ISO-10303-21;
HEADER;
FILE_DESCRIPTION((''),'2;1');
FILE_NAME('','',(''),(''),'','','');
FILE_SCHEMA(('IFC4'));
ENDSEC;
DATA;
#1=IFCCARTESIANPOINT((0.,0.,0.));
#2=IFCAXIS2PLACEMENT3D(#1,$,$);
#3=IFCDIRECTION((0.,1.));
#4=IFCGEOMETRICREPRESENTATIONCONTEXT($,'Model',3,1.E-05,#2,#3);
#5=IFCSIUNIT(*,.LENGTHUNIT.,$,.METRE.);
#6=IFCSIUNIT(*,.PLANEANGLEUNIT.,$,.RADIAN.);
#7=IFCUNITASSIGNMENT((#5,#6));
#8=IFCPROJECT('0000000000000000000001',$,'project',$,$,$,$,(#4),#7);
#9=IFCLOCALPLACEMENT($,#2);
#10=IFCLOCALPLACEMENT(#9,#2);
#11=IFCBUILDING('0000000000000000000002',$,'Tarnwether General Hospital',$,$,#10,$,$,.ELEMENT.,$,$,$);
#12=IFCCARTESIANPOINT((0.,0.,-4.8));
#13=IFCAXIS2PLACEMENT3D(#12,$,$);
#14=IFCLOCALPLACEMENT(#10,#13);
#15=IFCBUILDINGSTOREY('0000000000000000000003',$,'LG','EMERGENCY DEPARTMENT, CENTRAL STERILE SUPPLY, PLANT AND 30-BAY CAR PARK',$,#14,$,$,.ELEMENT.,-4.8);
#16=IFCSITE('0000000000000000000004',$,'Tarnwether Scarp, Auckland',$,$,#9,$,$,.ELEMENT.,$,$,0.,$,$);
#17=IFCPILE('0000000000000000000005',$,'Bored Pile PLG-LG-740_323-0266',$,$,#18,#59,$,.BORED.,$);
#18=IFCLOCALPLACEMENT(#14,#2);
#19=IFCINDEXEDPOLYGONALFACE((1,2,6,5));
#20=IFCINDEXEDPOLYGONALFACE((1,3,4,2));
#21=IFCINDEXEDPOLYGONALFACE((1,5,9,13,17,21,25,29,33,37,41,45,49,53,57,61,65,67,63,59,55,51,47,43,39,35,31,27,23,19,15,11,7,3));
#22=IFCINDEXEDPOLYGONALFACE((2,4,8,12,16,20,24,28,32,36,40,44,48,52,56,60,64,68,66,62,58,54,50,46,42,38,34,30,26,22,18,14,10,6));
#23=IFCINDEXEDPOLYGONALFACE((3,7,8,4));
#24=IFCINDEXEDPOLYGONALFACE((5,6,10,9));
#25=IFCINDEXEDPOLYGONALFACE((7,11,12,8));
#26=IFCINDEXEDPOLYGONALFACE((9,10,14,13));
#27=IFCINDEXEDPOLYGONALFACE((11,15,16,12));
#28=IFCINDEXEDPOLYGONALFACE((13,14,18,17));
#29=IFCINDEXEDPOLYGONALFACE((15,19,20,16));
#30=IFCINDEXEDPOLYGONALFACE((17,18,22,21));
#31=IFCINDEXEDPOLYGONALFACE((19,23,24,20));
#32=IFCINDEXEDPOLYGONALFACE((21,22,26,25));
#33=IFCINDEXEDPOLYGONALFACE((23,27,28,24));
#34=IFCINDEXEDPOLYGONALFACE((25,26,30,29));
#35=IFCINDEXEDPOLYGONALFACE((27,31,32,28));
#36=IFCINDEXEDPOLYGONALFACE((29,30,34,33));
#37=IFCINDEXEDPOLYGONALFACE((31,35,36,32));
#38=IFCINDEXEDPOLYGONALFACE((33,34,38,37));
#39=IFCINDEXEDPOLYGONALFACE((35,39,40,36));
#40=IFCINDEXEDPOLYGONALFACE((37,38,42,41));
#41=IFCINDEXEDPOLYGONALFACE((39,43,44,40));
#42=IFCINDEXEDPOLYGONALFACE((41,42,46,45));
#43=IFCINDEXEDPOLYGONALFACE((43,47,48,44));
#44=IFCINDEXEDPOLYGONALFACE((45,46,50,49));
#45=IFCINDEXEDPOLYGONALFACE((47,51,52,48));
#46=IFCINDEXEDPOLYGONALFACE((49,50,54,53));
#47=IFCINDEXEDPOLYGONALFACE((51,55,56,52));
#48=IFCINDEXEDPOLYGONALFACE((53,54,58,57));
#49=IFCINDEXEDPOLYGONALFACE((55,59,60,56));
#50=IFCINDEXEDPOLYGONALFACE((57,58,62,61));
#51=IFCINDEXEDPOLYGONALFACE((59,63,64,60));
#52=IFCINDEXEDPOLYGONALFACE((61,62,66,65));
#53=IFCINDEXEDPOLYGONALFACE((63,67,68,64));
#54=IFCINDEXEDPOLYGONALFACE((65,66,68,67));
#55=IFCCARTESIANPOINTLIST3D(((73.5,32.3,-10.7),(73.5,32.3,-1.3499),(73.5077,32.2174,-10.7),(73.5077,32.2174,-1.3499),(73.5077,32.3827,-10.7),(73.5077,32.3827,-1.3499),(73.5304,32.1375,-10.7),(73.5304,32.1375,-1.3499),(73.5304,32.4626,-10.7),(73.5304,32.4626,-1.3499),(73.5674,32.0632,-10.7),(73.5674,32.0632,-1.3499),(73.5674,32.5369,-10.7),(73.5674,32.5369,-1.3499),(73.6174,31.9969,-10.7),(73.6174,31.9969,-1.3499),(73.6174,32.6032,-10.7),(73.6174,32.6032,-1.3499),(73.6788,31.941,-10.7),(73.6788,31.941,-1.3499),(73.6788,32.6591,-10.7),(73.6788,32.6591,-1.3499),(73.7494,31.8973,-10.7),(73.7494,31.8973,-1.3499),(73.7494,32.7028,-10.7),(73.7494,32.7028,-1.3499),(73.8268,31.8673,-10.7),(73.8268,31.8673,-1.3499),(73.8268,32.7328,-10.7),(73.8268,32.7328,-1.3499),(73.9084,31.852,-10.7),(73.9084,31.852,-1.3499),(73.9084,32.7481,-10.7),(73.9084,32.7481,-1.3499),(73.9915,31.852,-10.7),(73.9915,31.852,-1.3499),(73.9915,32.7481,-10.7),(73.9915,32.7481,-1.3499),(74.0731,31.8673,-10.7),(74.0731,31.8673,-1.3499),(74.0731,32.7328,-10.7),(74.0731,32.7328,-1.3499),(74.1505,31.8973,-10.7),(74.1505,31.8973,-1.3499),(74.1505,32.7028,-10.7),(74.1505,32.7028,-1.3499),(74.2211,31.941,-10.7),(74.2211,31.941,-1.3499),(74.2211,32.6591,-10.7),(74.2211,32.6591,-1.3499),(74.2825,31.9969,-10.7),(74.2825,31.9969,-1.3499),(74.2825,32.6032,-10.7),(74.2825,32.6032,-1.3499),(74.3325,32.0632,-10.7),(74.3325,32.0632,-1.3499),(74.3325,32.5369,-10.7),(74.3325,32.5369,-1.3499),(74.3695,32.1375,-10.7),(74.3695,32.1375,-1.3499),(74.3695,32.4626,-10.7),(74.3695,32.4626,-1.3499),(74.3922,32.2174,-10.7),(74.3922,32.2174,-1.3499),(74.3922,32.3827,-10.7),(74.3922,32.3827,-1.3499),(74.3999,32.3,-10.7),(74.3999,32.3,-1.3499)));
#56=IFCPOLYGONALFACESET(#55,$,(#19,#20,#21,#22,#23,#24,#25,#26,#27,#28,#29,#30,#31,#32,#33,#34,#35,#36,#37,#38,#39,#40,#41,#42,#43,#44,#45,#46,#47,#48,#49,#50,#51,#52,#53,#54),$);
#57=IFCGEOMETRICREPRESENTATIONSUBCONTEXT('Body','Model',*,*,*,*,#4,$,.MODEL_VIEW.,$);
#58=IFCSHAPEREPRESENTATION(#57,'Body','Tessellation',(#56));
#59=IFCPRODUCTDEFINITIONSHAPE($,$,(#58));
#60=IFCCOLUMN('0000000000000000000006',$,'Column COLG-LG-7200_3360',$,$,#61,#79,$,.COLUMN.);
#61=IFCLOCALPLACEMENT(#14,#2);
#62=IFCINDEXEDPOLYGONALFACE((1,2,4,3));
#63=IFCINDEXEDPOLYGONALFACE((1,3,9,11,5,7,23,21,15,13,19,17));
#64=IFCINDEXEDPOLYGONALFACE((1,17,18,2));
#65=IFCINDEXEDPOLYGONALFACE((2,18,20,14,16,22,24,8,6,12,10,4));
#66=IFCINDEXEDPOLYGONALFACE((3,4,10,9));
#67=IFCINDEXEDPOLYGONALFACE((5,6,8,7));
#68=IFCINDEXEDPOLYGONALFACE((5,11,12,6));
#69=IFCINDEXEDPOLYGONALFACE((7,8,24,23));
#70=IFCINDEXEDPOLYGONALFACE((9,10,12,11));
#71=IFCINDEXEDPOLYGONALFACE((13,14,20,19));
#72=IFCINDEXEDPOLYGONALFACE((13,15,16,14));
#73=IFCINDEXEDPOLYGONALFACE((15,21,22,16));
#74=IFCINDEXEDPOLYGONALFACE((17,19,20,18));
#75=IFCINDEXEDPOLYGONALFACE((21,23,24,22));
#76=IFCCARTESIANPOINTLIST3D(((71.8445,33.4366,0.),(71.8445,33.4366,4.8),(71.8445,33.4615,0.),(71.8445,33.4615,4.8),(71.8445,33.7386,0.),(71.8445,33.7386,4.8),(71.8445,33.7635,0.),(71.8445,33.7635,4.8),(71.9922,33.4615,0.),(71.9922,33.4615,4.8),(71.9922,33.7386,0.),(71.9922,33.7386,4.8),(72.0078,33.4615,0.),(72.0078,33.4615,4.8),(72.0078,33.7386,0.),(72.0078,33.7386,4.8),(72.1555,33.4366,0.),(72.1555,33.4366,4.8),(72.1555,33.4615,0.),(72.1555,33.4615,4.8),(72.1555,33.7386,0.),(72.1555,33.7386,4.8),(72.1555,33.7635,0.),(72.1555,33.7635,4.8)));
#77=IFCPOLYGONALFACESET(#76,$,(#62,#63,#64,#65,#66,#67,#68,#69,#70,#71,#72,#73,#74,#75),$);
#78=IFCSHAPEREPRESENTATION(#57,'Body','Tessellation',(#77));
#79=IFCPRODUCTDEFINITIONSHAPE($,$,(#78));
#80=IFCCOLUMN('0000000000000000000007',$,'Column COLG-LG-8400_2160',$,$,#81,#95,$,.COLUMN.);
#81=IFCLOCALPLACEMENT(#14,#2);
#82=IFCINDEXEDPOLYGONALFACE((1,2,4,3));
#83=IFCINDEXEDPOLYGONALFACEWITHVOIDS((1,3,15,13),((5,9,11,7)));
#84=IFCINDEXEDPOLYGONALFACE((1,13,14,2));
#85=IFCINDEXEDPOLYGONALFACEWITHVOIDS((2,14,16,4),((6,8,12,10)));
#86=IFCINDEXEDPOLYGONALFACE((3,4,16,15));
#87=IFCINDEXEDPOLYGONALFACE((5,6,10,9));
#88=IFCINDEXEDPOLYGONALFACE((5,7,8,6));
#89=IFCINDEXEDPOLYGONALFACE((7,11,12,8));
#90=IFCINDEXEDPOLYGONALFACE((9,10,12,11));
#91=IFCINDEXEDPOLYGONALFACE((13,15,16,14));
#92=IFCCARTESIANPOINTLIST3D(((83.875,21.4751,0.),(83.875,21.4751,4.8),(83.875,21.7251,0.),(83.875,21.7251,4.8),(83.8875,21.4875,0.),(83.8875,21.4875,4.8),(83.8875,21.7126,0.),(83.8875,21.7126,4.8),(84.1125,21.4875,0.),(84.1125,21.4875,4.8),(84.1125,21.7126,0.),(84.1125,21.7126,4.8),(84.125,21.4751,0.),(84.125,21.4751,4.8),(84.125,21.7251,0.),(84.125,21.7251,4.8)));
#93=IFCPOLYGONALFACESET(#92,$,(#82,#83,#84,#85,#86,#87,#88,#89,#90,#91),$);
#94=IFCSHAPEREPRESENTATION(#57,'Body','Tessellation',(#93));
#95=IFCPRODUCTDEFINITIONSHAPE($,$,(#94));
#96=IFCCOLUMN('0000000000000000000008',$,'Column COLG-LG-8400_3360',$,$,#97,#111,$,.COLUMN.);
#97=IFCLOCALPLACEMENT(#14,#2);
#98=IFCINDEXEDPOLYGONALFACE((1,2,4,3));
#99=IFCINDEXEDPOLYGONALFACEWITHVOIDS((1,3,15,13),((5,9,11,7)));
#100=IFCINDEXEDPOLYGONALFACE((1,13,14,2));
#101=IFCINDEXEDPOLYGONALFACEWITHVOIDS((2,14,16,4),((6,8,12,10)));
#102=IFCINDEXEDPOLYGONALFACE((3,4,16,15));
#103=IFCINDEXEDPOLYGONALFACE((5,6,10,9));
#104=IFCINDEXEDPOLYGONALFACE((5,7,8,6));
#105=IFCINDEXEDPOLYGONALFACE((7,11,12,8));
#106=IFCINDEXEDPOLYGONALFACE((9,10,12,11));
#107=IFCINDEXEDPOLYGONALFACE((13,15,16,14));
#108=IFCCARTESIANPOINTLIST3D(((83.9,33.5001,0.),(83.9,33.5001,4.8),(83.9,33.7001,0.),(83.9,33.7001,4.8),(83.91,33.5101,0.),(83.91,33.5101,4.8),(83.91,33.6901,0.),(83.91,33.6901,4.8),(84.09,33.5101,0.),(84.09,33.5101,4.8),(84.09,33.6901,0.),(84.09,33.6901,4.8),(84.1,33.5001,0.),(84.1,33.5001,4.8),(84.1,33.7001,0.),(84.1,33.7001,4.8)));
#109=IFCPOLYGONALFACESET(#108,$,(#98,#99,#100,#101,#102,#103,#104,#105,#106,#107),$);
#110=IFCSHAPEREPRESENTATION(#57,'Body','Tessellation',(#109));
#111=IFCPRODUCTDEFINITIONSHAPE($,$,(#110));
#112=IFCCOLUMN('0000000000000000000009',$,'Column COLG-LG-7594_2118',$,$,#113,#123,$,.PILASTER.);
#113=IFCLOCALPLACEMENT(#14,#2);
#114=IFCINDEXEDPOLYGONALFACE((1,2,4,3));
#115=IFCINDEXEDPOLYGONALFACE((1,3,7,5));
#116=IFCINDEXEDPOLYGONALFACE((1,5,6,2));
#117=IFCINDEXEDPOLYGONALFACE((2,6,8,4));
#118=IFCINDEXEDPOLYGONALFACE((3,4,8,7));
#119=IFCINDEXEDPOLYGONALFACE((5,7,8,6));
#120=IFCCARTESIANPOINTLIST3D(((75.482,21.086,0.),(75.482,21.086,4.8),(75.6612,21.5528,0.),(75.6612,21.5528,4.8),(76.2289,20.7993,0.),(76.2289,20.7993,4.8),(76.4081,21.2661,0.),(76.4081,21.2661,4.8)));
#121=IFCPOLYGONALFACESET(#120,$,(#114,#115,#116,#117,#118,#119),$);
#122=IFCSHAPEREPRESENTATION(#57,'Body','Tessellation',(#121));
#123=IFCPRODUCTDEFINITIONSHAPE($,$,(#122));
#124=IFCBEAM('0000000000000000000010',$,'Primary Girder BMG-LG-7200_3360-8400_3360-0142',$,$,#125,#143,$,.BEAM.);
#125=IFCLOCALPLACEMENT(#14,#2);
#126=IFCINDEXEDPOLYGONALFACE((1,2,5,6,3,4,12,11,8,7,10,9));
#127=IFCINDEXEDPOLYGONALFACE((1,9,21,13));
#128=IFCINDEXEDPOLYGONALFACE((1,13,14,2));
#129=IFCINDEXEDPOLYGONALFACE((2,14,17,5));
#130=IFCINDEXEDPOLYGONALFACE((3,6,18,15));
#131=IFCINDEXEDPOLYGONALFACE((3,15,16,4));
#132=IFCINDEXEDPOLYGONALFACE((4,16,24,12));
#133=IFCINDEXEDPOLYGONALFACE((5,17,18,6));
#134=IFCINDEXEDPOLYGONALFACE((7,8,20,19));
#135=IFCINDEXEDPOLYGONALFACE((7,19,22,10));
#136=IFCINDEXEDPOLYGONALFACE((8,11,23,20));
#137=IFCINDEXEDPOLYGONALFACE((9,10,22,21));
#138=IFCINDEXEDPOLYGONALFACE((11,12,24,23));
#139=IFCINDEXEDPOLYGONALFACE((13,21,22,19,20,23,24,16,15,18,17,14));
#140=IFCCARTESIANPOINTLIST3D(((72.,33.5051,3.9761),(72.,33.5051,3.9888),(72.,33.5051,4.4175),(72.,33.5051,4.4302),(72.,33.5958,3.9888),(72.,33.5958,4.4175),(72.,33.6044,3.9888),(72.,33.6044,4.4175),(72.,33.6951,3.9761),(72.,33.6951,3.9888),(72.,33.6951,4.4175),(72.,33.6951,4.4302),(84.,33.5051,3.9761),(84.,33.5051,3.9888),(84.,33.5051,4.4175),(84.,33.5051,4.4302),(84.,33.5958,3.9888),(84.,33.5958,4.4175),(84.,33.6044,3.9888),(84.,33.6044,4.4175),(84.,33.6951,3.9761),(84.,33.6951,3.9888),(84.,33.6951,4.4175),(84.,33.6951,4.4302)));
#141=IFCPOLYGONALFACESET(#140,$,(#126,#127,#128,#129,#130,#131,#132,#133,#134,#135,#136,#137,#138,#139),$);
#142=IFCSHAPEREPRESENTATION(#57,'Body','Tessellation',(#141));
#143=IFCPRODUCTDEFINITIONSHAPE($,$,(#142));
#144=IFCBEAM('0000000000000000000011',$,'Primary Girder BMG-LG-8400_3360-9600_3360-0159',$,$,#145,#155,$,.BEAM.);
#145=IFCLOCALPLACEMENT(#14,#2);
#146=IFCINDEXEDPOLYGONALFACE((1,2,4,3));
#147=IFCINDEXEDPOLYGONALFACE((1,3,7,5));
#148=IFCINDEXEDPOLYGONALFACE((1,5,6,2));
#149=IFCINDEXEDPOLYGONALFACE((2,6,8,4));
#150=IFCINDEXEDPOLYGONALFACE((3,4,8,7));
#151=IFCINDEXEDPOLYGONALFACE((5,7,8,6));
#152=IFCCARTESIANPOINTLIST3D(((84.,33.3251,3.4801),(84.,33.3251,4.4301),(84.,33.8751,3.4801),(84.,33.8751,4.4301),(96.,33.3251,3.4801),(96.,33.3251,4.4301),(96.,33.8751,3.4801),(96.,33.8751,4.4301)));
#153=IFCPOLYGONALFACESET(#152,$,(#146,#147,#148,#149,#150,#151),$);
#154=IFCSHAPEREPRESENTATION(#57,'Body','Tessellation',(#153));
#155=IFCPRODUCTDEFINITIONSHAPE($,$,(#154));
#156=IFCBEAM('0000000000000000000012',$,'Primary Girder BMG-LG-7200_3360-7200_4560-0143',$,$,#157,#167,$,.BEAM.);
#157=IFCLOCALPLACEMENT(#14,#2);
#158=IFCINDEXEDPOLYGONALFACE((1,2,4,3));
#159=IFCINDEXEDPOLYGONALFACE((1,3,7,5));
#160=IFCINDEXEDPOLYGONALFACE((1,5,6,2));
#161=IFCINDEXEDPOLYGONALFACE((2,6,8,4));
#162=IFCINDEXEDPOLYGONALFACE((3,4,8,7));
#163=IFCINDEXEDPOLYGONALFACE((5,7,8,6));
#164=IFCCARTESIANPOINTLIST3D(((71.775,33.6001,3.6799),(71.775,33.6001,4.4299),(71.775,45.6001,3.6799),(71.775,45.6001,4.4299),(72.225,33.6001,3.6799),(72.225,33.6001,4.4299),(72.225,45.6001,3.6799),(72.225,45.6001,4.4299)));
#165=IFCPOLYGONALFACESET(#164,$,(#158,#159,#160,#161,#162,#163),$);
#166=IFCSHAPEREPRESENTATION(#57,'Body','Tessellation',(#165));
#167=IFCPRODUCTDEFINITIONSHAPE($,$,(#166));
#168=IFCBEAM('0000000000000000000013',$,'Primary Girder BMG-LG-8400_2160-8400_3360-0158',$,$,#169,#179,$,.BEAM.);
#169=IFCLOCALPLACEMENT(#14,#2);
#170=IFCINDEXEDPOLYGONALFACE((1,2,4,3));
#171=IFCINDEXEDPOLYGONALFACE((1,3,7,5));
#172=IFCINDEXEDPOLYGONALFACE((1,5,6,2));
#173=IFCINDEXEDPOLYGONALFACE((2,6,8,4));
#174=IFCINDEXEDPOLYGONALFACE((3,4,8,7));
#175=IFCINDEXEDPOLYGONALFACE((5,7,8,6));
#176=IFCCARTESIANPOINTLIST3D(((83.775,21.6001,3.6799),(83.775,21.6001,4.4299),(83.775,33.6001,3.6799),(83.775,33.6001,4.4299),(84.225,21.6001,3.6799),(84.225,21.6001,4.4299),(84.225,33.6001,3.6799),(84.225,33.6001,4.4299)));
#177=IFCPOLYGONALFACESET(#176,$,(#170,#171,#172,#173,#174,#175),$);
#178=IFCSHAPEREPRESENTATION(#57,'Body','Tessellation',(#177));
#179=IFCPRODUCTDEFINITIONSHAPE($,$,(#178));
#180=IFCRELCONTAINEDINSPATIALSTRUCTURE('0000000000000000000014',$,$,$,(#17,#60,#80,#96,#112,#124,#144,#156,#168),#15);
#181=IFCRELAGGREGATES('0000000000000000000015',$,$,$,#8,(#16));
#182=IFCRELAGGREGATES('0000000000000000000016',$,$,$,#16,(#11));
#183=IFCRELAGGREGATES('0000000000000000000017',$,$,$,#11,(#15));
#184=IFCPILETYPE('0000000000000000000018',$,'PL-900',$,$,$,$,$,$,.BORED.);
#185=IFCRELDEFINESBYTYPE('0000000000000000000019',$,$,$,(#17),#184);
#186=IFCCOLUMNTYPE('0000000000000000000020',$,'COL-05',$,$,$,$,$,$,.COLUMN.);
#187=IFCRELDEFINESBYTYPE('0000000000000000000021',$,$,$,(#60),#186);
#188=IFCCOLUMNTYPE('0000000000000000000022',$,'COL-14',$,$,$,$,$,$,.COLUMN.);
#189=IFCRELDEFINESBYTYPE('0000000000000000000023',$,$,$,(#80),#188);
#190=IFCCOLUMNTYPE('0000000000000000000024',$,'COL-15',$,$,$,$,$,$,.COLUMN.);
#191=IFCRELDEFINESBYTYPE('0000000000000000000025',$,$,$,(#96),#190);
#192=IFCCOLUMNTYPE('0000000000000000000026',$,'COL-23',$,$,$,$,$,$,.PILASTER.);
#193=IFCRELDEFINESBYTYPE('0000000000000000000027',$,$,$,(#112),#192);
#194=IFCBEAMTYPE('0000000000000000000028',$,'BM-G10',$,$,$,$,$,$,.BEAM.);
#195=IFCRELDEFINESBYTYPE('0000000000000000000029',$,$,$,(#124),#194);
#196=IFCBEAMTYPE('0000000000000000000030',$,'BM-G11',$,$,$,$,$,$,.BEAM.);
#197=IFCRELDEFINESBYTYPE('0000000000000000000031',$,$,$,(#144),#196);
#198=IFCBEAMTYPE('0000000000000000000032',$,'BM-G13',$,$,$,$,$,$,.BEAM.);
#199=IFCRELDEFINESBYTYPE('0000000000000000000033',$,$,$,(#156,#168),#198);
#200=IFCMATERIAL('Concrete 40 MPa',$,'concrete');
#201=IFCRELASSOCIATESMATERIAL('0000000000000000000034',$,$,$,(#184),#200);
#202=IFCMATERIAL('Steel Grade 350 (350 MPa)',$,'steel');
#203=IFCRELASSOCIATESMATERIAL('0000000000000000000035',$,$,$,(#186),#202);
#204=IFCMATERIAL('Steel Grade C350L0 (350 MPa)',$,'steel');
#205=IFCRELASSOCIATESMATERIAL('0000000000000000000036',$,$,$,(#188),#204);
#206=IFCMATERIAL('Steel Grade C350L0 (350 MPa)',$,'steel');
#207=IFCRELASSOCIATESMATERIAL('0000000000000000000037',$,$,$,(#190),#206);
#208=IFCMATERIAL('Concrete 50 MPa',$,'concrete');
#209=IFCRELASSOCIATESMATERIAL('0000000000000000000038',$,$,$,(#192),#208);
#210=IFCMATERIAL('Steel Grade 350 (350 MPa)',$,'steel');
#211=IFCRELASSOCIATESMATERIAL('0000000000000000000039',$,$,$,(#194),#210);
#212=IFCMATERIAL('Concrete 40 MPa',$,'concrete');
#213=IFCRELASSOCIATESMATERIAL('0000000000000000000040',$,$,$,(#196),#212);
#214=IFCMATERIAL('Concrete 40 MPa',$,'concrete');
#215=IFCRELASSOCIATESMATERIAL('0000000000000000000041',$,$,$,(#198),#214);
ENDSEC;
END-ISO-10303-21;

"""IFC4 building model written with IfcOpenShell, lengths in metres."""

from ifc_helpers import new_model, si_unit, direction, frame, origin, origin_2d, place, context, subcontext, project, spatial, rectangle, hollow_rectangle, circle, i_section, extrude, material, material_profile, profile_set, type_object, element, save


model = new_model("IFC4")

# Units and contexts
model_context = context("Model", 3, precision=1e-05, world=origin(), true_north=direction((0.0, 1.0)))
body_context = subcontext(model_context, "Body", "Model", "MODEL_VIEW")
ifc_project = project(units=[si_unit("LENGTHUNIT", "METRE"), si_unit("PLANEANGLEUNIT", "RADIAN")], contexts=[model_context])

# Site, building, storey
site_placement = place(None, origin())
site = spatial("IfcSite", under=ifc_project, at=site_placement, Name="Tarnwether Scarp, Auckland", CompositionType="ELEMENT", RefElevation=0.0)
building_placement = place(site_placement, origin())
building = spatial("IfcBuilding", under=site, at=building_placement, Name="Tarnwether General Hospital", CompositionType="ELEMENT")
storey_placement = place(building_placement, frame((0.0, 0.0, -4.8)))
storey = spatial("IfcBuildingStorey", under=building, at=storey_placement, Name="LG", Description="EMERGENCY DEPARTMENT, CENTRAL STERILE SUPPLY, PLANT AND 30-BAY CAR PARK", CompositionType="ELEMENT", Elevation=-4.8)

# Pile
ifc_material_1 = material(Name="Concrete 40 MPa", Category="concrete")
ifc_material_profile_1 = material_profile(ifc_material_1, circle(Radius=0.45, at=origin_2d()), Name="PILE-D900")
ifc_profile_set_1 = profile_set([ifc_material_profile_1], Name="Concrete 40 MPa")
pile_type_1 = type_object("IfcPileType", Name="PL-900", PredefinedType="BORED", material=ifc_profile_set_1)
pile_placement = place(storey_placement, frame((73.95, 32.3, -1.3499), z_axis=(0.0, 0.0, -1.0), x_axis=(1.0, 0.0, 0.0)))
element("IfcPile", 1, at=pile_placement, inside=storey, type_object=pile_type_1, Name="Bored Pile PLG-LG-740_323-0266", PredefinedType="BORED", context=body_context, shape_type="SweptSolid", body=[
    extrude(circle(Radius=0.45, at=origin_2d()), origin(), (0.0, 0.0, 1.0), 9.3501),
])

# Columns
ifc_material_2 = material(Name="Steel Grade 350 (350 MPa)", Category="steel")
ifc_material_profile_2 = material_profile(ifc_material_2, i_section(OverallWidth=0.311, OverallDepth=0.3269, WebThickness=0.0156, FlangeThickness=0.0249, at=origin_2d()), Name="310UC158")
ifc_profile_set_2 = profile_set([ifc_material_profile_2], Name="Steel Grade 350 (350 MPa)")
column_type_1 = type_object("IfcColumnType", Name="COL-05", PredefinedType="COLUMN", material=ifc_profile_set_2)
column_1_placement = place(storey_placement, frame((72.0, 33.6001, 0.0), z_axis=(0.0, 0.0, 1.0), x_axis=(1.0, 0.0, 0.0)))
element("IfcColumn", 2, at=column_1_placement, inside=storey, type_object=column_type_1, Name="Column COLG-LG-7200_3360", PredefinedType="COLUMN", context=body_context, shape_type="SweptSolid", body=[
    extrude(i_section(OverallWidth=0.311, OverallDepth=0.3269, WebThickness=0.0156, FlangeThickness=0.0249, at=origin_2d()), origin(), (0.0, 0.0, 1.0), 4.8),
])
ifc_material_3 = material(Name="Steel Grade C350L0 (350 MPa)", Category="steel")
ifc_material_profile_3 = material_profile(ifc_material_3, hollow_rectangle(XDim=0.25, YDim=0.25, WallThickness=0.0125, at=origin_2d()), Name="SHS250x250x12.5")
ifc_profile_set_3 = profile_set([ifc_material_profile_3], Name="Steel Grade C350L0 (350 MPa)")
column_type_2 = type_object("IfcColumnType", Name="COL-14", PredefinedType="COLUMN", material=ifc_profile_set_3)
column_2_placement = place(storey_placement, frame((84.0, 21.6001, 0.0), z_axis=(0.0, 0.0, 1.0), x_axis=(0.0, 1.0, 0.0)))
element("IfcColumn", 3, at=column_2_placement, inside=storey, type_object=column_type_2, Name="Column COLG-LG-8400_2160", PredefinedType="COLUMN", context=body_context, shape_type="SweptSolid", body=[
    extrude(hollow_rectangle(XDim=0.25, YDim=0.25, WallThickness=0.0125, at=origin_2d()), origin(), (0.0, 0.0, 1.0), 4.8),
])
ifc_material_4 = material(Name="Steel Grade C350L0 (350 MPa)", Category="steel")
ifc_material_profile_4 = material_profile(ifc_material_4, hollow_rectangle(XDim=0.2, YDim=0.2, WallThickness=0.01, at=origin_2d()), Name="SHS200x200x10")
ifc_profile_set_4 = profile_set([ifc_material_profile_4], Name="Steel Grade C350L0 (350 MPa)")
column_type_3 = type_object("IfcColumnType", Name="COL-15", PredefinedType="COLUMN", material=ifc_profile_set_4)
column_3_placement = place(storey_placement, frame((84.0, 33.6001, 0.0), z_axis=(0.0, 0.0, 1.0), x_axis=(0.0, 1.0, 0.0)))
element("IfcColumn", 4, at=column_3_placement, inside=storey, type_object=column_type_3, Name="Column COLG-LG-8400_3360", PredefinedType="COLUMN", context=body_context, shape_type="SweptSolid", body=[
    extrude(hollow_rectangle(XDim=0.2, YDim=0.2, WallThickness=0.01, at=origin_2d()), origin(), (0.0, 0.0, 1.0), 4.8),
])
ifc_material_5 = material(Name="Concrete 50 MPa", Category="concrete")
ifc_material_profile_5 = material_profile(ifc_material_5, rectangle(XDim=0.5, YDim=0.8, at=origin_2d()), Name="RC-PIL-500x800")
ifc_profile_set_5 = profile_set([ifc_material_profile_5], Name="Concrete 50 MPa")
column_type_4 = type_object("IfcColumnType", Name="COL-23", PredefinedType="PILASTER", material=ifc_profile_set_5)
column_4_placement = place(storey_placement, frame((75.9451, 21.176, 0.0), z_axis=(0.0, 0.0, 1.0), x_axis=(0.358368, 0.93358, 0.0)))
element("IfcColumn", 5, at=column_4_placement, inside=storey, type_object=column_type_4, Name="Column COLG-LG-7594_2118", PredefinedType="PILASTER", context=body_context, shape_type="SweptSolid", body=[
    extrude(rectangle(XDim=0.5, YDim=0.8, at=origin_2d()), origin(), (0.0, 0.0, 1.0), 4.8),
])

# Beams
ifc_material_6 = material(Name="Steel Grade 350 (350 MPa)", Category="steel")
ifc_material_profile_6 = material_profile(ifc_material_6, i_section(OverallWidth=0.1899, OverallDepth=0.4541, WebThickness=0.0085, FlangeThickness=0.0127, at=origin_2d()), Name="460UB67.1")
ifc_profile_set_6 = profile_set([ifc_material_profile_6], Name="Steel Grade 350 (350 MPa)")
beam_type_1 = type_object("IfcBeamType", Name="BM-G10", PredefinedType="BEAM", material=ifc_profile_set_6)
beam_1_placement = place(storey_placement, frame((72.0, 33.6001, 4.2031), z_axis=(1.0, 0.0, 0.0), x_axis=(0.0, 1.0, 0.0)))
element("IfcBeam", 6, at=beam_1_placement, inside=storey, type_object=beam_type_1, Name="Primary Girder BMG-LG-7200_3360-8400_3360-0142", PredefinedType="BEAM", context=body_context, shape_type="SweptSolid", body=[
    extrude(i_section(OverallWidth=0.1899, OverallDepth=0.4541, WebThickness=0.0085, FlangeThickness=0.0127, at=origin_2d()), origin(), (0.0, 0.0, 1.0), 12.0),
])
ifc_material_7 = material(Name="Concrete 40 MPa", Category="concrete")
ifc_material_profile_7 = material_profile(ifc_material_7, rectangle(XDim=0.55, YDim=0.95, at=origin_2d()), Name="RC-BM-550x950")
ifc_profile_set_7 = profile_set([ifc_material_profile_7], Name="Concrete 40 MPa")
beam_type_2 = type_object("IfcBeamType", Name="BM-G11", PredefinedType="BEAM", material=ifc_profile_set_7)
beam_2_placement = place(storey_placement, frame((84.0, 33.6001, 3.9551), z_axis=(1.0, 0.0, 0.0), x_axis=(0.0, 1.0, 0.0)))
element("IfcBeam", 7, at=beam_2_placement, inside=storey, type_object=beam_type_2, Name="Primary Girder BMG-LG-8400_3360-9600_3360-0159", PredefinedType="BEAM", context=body_context, shape_type="SweptSolid", body=[
    extrude(rectangle(XDim=0.55, YDim=0.95, at=origin_2d()), origin(), (0.0, 0.0, 1.0), 12.0),
])
ifc_material_8 = material(Name="Concrete 40 MPa", Category="concrete")
ifc_material_profile_8 = material_profile(ifc_material_8, rectangle(XDim=0.45, YDim=0.75, at=origin_2d()), Name="RC-BM-450x750")
ifc_profile_set_8 = profile_set([ifc_material_profile_8], Name="Concrete 40 MPa")
beam_type_3 = type_object("IfcBeamType", Name="BM-G13", PredefinedType="BEAM", material=ifc_profile_set_8)
for number, where, z_axis, x_axis, name in (
    (8, (72.0, 33.6001, 4.0549), (0.0, 1.0, 0.0), (-1.0, 0.0, 0.0), "Primary Girder BMG-LG-7200_3360-7200_4560-0143"),
    (9, (84.0, 21.6001, 4.0549), (0.0, 1.0, 0.0), (-1.0, 0.0, 0.0), "Primary Girder BMG-LG-8400_2160-8400_3360-0158"),
):
    element("IfcBeam", number, at=place(storey_placement, frame(where, z_axis=z_axis, x_axis=x_axis)), inside=storey, type_object=beam_type_3, Name=name, PredefinedType="BEAM", context=body_context, shape_type="SweptSolid", body=[
        extrude(rectangle(XDim=0.45, YDim=0.75, at=origin_2d()), origin(), (0.0, 0.0, 1.0), 12.0),
    ])

save(model, "model.ifc")
